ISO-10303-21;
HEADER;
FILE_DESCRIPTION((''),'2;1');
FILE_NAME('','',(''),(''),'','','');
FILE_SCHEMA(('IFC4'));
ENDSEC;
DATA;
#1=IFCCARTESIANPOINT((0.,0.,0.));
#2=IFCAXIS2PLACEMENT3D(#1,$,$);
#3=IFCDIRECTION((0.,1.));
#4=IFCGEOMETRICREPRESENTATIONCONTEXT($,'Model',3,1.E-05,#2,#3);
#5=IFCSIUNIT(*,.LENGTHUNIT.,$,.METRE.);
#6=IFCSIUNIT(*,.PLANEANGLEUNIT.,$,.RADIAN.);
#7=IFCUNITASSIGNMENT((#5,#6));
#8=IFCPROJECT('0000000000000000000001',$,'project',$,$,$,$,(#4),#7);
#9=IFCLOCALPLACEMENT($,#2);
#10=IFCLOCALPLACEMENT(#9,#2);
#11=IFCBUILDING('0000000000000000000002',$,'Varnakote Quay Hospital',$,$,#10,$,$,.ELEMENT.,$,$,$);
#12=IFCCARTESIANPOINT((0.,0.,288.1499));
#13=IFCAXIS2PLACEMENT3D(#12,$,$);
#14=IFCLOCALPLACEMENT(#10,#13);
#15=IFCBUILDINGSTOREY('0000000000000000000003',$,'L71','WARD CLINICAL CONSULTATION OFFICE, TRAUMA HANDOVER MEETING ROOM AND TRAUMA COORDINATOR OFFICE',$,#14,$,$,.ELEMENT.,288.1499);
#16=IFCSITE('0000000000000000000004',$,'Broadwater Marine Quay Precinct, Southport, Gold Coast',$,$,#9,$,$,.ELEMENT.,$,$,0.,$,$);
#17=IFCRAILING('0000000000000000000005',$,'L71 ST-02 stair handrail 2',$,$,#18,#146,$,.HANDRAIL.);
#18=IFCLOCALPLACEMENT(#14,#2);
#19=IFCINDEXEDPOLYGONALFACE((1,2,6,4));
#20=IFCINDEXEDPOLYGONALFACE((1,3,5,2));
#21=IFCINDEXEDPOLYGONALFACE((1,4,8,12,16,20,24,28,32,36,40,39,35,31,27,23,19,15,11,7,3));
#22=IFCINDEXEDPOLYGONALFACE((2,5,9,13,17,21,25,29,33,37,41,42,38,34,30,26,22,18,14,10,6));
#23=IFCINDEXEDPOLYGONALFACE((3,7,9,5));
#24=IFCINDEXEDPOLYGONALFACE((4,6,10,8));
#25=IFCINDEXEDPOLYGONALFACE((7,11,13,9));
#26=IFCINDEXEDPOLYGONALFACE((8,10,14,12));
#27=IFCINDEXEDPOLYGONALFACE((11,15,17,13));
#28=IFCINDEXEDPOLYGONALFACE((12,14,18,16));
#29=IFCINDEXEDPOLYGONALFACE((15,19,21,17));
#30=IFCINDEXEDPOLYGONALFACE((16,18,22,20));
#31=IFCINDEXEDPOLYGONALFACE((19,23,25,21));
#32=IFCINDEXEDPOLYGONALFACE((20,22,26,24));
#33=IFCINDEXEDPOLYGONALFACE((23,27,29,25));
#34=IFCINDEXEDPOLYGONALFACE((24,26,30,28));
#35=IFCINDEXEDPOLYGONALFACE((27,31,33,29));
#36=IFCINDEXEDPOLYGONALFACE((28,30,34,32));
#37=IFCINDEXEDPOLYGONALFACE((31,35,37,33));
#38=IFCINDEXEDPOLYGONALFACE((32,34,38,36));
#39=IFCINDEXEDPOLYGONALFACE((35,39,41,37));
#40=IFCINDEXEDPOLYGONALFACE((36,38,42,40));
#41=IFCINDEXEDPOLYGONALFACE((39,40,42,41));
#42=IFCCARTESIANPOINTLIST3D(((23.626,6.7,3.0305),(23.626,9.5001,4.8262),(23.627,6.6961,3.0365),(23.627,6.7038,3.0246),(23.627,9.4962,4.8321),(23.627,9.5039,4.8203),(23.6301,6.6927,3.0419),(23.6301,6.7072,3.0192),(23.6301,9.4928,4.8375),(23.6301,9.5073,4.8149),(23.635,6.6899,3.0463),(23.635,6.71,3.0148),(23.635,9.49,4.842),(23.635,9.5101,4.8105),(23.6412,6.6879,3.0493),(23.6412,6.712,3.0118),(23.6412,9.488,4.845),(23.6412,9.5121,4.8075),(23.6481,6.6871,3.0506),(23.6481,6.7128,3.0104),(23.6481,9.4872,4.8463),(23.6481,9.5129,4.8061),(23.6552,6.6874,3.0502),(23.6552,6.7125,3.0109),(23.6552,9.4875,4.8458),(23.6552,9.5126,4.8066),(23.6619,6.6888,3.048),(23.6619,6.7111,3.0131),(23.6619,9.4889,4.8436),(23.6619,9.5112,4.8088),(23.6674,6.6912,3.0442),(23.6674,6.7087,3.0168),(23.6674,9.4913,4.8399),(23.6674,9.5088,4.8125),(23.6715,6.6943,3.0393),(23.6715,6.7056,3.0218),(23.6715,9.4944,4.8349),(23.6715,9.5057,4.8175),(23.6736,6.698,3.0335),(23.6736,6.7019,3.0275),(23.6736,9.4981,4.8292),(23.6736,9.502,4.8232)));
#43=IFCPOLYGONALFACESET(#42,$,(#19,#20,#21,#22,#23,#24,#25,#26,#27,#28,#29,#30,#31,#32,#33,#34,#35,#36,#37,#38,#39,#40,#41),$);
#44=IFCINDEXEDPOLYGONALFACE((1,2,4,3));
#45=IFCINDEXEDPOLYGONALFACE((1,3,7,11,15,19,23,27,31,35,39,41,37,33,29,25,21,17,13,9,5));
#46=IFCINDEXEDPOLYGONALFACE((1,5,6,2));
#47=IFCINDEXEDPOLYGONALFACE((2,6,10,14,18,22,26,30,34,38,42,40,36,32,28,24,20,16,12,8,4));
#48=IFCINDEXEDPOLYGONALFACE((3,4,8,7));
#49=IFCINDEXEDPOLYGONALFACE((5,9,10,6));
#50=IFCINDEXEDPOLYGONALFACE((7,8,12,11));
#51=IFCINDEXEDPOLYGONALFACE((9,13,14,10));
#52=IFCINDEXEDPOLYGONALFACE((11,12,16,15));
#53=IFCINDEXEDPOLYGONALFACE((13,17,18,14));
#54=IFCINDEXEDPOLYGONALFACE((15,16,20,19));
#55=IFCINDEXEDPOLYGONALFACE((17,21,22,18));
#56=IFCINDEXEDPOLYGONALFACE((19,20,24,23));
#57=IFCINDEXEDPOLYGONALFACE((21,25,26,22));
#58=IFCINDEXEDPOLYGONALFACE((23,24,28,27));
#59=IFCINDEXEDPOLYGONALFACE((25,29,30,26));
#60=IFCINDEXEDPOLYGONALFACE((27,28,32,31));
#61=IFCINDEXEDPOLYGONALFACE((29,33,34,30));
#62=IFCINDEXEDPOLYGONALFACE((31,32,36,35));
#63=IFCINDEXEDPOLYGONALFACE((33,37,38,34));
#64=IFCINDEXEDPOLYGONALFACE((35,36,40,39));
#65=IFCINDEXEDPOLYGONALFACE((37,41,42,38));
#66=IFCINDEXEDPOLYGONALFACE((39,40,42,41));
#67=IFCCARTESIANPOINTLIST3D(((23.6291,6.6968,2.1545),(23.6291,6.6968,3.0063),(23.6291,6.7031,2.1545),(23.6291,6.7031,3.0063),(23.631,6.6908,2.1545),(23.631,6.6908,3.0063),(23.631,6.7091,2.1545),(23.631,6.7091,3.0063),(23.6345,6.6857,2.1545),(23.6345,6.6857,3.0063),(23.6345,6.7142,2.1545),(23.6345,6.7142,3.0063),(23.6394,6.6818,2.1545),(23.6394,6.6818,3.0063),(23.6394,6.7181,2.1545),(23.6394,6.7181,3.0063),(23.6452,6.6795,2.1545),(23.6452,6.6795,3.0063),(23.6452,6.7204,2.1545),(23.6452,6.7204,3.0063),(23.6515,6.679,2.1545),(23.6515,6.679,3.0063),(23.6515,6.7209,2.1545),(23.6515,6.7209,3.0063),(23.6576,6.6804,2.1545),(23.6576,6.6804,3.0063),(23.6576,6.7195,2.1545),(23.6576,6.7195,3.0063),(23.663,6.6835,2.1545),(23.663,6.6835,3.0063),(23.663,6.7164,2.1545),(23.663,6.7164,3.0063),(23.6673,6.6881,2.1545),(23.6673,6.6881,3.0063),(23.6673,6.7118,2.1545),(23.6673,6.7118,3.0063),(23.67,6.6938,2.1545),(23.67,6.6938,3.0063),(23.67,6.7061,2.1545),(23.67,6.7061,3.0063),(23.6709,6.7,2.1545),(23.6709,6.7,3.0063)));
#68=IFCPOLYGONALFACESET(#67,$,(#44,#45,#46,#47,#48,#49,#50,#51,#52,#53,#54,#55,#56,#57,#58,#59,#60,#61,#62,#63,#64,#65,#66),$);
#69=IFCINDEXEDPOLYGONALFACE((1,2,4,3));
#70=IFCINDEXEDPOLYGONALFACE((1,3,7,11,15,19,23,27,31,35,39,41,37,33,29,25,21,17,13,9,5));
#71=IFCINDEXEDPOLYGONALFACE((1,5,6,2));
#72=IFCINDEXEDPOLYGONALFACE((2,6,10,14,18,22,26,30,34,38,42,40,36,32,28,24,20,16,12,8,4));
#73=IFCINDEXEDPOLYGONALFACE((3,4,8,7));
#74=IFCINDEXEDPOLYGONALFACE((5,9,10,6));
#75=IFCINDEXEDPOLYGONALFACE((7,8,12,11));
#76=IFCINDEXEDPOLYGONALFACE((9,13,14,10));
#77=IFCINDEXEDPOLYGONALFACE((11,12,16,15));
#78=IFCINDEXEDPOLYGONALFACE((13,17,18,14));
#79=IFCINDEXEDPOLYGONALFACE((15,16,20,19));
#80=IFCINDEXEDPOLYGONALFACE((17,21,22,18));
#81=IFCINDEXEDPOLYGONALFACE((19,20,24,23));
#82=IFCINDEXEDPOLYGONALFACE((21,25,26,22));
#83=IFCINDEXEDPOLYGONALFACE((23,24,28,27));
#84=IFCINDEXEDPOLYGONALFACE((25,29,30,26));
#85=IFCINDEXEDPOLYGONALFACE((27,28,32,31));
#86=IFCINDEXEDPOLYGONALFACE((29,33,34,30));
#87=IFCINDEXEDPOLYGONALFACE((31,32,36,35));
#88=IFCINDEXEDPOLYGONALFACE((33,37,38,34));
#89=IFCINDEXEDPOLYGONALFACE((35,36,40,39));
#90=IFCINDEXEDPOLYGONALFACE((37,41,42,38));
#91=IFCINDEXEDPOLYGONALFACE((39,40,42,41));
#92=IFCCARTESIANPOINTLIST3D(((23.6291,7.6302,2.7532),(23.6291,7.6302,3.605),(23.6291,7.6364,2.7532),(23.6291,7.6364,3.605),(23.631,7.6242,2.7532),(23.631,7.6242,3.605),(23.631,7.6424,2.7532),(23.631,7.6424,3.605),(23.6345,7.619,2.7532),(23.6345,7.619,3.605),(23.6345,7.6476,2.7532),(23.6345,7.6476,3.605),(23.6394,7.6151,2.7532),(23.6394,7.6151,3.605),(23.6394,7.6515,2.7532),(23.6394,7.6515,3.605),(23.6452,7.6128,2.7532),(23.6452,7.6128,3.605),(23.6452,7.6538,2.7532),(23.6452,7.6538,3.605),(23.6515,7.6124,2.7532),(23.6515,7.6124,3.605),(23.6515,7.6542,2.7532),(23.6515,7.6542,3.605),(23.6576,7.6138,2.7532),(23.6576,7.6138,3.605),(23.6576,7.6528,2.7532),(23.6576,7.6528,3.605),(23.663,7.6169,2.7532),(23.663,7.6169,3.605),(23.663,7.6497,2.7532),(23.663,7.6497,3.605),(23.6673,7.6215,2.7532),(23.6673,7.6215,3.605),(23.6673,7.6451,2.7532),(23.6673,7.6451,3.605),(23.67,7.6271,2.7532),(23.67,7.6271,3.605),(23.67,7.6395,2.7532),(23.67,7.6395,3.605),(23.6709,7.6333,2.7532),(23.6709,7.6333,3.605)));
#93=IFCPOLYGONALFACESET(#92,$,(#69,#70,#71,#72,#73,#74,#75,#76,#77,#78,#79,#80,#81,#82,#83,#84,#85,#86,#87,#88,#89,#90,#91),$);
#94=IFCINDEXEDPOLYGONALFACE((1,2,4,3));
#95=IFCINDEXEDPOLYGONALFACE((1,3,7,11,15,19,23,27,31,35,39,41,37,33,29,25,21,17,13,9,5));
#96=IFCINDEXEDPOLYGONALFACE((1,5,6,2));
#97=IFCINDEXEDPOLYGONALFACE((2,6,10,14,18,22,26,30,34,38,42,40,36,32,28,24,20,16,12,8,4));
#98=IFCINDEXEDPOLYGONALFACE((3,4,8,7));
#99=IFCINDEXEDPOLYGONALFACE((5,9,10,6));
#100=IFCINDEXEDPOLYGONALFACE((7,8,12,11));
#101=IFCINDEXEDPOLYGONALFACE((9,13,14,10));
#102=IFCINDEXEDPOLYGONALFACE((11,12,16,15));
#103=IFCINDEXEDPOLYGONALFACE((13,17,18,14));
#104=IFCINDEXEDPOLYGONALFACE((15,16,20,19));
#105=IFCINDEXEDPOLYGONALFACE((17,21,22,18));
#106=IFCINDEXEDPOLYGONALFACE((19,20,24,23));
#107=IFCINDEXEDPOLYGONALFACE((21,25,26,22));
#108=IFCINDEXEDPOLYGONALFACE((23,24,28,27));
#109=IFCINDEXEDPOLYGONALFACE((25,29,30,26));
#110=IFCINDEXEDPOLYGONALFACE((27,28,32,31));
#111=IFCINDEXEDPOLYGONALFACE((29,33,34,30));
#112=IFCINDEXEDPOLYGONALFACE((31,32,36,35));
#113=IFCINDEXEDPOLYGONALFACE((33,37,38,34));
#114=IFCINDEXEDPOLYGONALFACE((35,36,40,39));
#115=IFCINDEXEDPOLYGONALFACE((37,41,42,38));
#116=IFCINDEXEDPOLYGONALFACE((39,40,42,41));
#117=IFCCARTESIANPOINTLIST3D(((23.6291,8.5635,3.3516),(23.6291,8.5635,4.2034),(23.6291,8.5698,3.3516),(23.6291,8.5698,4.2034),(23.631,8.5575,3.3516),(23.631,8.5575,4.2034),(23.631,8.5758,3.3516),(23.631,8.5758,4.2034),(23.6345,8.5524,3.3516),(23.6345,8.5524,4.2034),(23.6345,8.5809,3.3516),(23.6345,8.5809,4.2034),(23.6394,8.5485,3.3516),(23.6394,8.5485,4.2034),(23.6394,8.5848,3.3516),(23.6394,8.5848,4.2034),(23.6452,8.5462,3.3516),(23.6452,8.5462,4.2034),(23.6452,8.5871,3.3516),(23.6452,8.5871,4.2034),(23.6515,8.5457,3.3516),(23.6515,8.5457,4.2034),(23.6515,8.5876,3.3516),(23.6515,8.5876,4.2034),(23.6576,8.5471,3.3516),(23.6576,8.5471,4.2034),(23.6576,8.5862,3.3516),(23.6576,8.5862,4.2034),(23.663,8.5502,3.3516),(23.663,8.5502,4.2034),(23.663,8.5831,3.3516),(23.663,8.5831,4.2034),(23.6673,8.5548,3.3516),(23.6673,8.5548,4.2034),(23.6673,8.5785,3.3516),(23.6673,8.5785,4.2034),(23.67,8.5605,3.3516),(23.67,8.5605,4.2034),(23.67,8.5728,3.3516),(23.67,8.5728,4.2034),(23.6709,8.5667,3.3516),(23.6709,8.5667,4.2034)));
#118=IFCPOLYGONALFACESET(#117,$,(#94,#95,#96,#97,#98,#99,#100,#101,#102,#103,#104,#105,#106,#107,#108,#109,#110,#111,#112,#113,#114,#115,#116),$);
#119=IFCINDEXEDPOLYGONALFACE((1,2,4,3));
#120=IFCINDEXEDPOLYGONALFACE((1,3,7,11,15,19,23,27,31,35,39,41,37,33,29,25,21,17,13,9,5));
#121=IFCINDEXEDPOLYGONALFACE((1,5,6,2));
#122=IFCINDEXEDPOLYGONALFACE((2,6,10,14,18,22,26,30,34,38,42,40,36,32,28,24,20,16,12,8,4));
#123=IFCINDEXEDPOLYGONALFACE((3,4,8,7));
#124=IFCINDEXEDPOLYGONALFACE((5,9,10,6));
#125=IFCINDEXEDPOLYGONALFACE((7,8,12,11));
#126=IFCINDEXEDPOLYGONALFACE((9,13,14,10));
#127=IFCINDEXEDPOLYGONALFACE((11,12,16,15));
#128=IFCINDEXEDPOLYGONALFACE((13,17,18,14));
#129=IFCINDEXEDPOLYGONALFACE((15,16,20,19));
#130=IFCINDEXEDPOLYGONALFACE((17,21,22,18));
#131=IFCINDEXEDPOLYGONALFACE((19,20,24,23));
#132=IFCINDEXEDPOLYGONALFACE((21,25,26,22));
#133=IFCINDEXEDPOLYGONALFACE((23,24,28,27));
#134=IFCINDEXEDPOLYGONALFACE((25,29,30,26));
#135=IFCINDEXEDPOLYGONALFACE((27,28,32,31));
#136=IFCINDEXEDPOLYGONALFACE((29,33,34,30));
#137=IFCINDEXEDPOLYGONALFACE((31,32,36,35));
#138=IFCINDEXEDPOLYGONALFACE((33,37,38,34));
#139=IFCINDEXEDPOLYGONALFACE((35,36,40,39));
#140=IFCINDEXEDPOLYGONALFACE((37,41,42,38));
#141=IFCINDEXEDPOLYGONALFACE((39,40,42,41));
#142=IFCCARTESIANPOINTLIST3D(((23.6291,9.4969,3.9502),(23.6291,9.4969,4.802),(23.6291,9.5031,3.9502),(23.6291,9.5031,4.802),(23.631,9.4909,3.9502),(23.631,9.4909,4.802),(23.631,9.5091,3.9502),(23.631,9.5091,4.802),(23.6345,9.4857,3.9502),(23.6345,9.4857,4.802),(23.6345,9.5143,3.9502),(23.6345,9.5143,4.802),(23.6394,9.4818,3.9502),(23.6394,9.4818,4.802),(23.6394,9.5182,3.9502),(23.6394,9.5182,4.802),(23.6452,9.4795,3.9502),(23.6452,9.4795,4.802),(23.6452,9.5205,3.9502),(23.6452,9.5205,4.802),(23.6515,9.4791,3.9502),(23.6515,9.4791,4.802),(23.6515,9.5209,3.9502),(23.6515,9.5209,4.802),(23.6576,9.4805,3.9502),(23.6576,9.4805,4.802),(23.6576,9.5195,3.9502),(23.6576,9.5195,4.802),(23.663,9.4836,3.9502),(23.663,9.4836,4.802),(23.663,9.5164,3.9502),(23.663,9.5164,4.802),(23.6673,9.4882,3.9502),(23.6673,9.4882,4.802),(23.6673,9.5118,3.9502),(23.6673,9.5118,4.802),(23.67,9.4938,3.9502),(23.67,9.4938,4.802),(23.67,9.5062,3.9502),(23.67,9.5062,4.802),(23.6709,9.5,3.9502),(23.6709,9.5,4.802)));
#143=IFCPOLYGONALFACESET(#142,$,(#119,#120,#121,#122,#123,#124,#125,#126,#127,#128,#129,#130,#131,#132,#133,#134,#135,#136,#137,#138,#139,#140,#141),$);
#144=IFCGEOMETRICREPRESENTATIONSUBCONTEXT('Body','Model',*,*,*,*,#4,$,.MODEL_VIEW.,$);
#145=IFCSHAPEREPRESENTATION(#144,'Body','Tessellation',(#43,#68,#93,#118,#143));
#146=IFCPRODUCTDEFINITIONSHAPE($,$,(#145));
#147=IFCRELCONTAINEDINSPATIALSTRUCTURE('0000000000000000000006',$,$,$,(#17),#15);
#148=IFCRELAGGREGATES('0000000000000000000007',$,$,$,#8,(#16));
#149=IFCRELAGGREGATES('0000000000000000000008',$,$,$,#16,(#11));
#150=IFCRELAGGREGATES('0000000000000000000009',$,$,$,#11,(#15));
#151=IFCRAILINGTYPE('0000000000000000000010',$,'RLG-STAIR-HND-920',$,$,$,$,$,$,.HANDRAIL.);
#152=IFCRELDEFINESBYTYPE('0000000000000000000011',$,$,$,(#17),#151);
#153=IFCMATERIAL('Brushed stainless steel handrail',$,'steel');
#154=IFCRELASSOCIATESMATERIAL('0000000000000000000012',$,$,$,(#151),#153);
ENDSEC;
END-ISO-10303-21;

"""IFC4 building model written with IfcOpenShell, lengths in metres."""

from ifc_helpers import new_model, si_unit, direction, frame, origin, origin_2d, place, context, subcontext, project, spatial, circle, extrude, material, type_object, element, save


model = new_model("IFC4")

# Units and contexts
model_context = context("Model", 3, precision=1e-05, world=origin(), true_north=direction((0.0, 1.0)))
body_context = subcontext(model_context, "Body", "Model", "MODEL_VIEW")
ifc_project = project(units=[si_unit("LENGTHUNIT", "METRE"), si_unit("PLANEANGLEUNIT", "RADIAN")], contexts=[model_context])

# Site, building, storey
site_placement = place(None, origin())
site = spatial("IfcSite", under=ifc_project, at=site_placement, Name="Broadwater Marine Quay Precinct, Southport, Gold Coast", CompositionType="ELEMENT", RefElevation=0.0)
building_placement = place(site_placement, origin())
building = spatial("IfcBuilding", under=site, at=building_placement, Name="Varnakote Quay Hospital", CompositionType="ELEMENT")
storey_placement = place(building_placement, frame((0.0, 0.0, 288.1499)))
storey = spatial("IfcBuildingStorey", under=building, at=storey_placement, Name="L71", Description="WARD CLINICAL CONSULTATION OFFICE, TRAUMA HANDOVER MEETING ROOM AND TRAUMA COORDINATOR OFFICE", CompositionType="ELEMENT", Elevation=288.1499)

# Railing
ifc_material_1 = material(Name="Brushed stainless steel handrail", Category="steel")
railing_type_1 = type_object("IfcRailingType", Name="RLG-STAIR-HND-920", PredefinedType="HANDRAIL", material=ifc_material_1)
railing_1_placement = place(storey_placement, frame((23.6499, 6.7, 2.1545)))
element("IfcRailing", 1, at=railing_1_placement, inside=storey, type_object=railing_type_1, Name="L71 ST-02 stair handrail 2", PredefinedType="HANDRAIL", context=body_context, shape_type="SweptSolid", body=[
    extrude(circle(Radius=0.0239, at=origin_2d()), frame((0.0, 0.0, 0.876), z_axis=(0.0, 0.841777, 0.539826), x_axis=(-1.0, 0.0, 0.0)), (0.0, 0.0, 1.0), 3.3264),
    extrude(circle(Radius=0.021, at=origin_2d()), origin(), (0.0, 0.0, 1.0), 0.8518),
    extrude(circle(Radius=0.021, at=origin_2d()), frame((0.0, 0.9333, 0.5986)), (0.0, 0.0, 1.0), 0.8518),
    extrude(circle(Radius=0.021, at=origin_2d()), frame((0.0, 1.8667, 1.197)), (0.0, 0.0, 1.0), 0.8518),
    extrude(circle(Radius=0.021, at=origin_2d()), frame((0.0, 2.8, 1.7957)), (0.0, 0.0, 1.0), 0.8518),
])

save(model, "model.ifc")
